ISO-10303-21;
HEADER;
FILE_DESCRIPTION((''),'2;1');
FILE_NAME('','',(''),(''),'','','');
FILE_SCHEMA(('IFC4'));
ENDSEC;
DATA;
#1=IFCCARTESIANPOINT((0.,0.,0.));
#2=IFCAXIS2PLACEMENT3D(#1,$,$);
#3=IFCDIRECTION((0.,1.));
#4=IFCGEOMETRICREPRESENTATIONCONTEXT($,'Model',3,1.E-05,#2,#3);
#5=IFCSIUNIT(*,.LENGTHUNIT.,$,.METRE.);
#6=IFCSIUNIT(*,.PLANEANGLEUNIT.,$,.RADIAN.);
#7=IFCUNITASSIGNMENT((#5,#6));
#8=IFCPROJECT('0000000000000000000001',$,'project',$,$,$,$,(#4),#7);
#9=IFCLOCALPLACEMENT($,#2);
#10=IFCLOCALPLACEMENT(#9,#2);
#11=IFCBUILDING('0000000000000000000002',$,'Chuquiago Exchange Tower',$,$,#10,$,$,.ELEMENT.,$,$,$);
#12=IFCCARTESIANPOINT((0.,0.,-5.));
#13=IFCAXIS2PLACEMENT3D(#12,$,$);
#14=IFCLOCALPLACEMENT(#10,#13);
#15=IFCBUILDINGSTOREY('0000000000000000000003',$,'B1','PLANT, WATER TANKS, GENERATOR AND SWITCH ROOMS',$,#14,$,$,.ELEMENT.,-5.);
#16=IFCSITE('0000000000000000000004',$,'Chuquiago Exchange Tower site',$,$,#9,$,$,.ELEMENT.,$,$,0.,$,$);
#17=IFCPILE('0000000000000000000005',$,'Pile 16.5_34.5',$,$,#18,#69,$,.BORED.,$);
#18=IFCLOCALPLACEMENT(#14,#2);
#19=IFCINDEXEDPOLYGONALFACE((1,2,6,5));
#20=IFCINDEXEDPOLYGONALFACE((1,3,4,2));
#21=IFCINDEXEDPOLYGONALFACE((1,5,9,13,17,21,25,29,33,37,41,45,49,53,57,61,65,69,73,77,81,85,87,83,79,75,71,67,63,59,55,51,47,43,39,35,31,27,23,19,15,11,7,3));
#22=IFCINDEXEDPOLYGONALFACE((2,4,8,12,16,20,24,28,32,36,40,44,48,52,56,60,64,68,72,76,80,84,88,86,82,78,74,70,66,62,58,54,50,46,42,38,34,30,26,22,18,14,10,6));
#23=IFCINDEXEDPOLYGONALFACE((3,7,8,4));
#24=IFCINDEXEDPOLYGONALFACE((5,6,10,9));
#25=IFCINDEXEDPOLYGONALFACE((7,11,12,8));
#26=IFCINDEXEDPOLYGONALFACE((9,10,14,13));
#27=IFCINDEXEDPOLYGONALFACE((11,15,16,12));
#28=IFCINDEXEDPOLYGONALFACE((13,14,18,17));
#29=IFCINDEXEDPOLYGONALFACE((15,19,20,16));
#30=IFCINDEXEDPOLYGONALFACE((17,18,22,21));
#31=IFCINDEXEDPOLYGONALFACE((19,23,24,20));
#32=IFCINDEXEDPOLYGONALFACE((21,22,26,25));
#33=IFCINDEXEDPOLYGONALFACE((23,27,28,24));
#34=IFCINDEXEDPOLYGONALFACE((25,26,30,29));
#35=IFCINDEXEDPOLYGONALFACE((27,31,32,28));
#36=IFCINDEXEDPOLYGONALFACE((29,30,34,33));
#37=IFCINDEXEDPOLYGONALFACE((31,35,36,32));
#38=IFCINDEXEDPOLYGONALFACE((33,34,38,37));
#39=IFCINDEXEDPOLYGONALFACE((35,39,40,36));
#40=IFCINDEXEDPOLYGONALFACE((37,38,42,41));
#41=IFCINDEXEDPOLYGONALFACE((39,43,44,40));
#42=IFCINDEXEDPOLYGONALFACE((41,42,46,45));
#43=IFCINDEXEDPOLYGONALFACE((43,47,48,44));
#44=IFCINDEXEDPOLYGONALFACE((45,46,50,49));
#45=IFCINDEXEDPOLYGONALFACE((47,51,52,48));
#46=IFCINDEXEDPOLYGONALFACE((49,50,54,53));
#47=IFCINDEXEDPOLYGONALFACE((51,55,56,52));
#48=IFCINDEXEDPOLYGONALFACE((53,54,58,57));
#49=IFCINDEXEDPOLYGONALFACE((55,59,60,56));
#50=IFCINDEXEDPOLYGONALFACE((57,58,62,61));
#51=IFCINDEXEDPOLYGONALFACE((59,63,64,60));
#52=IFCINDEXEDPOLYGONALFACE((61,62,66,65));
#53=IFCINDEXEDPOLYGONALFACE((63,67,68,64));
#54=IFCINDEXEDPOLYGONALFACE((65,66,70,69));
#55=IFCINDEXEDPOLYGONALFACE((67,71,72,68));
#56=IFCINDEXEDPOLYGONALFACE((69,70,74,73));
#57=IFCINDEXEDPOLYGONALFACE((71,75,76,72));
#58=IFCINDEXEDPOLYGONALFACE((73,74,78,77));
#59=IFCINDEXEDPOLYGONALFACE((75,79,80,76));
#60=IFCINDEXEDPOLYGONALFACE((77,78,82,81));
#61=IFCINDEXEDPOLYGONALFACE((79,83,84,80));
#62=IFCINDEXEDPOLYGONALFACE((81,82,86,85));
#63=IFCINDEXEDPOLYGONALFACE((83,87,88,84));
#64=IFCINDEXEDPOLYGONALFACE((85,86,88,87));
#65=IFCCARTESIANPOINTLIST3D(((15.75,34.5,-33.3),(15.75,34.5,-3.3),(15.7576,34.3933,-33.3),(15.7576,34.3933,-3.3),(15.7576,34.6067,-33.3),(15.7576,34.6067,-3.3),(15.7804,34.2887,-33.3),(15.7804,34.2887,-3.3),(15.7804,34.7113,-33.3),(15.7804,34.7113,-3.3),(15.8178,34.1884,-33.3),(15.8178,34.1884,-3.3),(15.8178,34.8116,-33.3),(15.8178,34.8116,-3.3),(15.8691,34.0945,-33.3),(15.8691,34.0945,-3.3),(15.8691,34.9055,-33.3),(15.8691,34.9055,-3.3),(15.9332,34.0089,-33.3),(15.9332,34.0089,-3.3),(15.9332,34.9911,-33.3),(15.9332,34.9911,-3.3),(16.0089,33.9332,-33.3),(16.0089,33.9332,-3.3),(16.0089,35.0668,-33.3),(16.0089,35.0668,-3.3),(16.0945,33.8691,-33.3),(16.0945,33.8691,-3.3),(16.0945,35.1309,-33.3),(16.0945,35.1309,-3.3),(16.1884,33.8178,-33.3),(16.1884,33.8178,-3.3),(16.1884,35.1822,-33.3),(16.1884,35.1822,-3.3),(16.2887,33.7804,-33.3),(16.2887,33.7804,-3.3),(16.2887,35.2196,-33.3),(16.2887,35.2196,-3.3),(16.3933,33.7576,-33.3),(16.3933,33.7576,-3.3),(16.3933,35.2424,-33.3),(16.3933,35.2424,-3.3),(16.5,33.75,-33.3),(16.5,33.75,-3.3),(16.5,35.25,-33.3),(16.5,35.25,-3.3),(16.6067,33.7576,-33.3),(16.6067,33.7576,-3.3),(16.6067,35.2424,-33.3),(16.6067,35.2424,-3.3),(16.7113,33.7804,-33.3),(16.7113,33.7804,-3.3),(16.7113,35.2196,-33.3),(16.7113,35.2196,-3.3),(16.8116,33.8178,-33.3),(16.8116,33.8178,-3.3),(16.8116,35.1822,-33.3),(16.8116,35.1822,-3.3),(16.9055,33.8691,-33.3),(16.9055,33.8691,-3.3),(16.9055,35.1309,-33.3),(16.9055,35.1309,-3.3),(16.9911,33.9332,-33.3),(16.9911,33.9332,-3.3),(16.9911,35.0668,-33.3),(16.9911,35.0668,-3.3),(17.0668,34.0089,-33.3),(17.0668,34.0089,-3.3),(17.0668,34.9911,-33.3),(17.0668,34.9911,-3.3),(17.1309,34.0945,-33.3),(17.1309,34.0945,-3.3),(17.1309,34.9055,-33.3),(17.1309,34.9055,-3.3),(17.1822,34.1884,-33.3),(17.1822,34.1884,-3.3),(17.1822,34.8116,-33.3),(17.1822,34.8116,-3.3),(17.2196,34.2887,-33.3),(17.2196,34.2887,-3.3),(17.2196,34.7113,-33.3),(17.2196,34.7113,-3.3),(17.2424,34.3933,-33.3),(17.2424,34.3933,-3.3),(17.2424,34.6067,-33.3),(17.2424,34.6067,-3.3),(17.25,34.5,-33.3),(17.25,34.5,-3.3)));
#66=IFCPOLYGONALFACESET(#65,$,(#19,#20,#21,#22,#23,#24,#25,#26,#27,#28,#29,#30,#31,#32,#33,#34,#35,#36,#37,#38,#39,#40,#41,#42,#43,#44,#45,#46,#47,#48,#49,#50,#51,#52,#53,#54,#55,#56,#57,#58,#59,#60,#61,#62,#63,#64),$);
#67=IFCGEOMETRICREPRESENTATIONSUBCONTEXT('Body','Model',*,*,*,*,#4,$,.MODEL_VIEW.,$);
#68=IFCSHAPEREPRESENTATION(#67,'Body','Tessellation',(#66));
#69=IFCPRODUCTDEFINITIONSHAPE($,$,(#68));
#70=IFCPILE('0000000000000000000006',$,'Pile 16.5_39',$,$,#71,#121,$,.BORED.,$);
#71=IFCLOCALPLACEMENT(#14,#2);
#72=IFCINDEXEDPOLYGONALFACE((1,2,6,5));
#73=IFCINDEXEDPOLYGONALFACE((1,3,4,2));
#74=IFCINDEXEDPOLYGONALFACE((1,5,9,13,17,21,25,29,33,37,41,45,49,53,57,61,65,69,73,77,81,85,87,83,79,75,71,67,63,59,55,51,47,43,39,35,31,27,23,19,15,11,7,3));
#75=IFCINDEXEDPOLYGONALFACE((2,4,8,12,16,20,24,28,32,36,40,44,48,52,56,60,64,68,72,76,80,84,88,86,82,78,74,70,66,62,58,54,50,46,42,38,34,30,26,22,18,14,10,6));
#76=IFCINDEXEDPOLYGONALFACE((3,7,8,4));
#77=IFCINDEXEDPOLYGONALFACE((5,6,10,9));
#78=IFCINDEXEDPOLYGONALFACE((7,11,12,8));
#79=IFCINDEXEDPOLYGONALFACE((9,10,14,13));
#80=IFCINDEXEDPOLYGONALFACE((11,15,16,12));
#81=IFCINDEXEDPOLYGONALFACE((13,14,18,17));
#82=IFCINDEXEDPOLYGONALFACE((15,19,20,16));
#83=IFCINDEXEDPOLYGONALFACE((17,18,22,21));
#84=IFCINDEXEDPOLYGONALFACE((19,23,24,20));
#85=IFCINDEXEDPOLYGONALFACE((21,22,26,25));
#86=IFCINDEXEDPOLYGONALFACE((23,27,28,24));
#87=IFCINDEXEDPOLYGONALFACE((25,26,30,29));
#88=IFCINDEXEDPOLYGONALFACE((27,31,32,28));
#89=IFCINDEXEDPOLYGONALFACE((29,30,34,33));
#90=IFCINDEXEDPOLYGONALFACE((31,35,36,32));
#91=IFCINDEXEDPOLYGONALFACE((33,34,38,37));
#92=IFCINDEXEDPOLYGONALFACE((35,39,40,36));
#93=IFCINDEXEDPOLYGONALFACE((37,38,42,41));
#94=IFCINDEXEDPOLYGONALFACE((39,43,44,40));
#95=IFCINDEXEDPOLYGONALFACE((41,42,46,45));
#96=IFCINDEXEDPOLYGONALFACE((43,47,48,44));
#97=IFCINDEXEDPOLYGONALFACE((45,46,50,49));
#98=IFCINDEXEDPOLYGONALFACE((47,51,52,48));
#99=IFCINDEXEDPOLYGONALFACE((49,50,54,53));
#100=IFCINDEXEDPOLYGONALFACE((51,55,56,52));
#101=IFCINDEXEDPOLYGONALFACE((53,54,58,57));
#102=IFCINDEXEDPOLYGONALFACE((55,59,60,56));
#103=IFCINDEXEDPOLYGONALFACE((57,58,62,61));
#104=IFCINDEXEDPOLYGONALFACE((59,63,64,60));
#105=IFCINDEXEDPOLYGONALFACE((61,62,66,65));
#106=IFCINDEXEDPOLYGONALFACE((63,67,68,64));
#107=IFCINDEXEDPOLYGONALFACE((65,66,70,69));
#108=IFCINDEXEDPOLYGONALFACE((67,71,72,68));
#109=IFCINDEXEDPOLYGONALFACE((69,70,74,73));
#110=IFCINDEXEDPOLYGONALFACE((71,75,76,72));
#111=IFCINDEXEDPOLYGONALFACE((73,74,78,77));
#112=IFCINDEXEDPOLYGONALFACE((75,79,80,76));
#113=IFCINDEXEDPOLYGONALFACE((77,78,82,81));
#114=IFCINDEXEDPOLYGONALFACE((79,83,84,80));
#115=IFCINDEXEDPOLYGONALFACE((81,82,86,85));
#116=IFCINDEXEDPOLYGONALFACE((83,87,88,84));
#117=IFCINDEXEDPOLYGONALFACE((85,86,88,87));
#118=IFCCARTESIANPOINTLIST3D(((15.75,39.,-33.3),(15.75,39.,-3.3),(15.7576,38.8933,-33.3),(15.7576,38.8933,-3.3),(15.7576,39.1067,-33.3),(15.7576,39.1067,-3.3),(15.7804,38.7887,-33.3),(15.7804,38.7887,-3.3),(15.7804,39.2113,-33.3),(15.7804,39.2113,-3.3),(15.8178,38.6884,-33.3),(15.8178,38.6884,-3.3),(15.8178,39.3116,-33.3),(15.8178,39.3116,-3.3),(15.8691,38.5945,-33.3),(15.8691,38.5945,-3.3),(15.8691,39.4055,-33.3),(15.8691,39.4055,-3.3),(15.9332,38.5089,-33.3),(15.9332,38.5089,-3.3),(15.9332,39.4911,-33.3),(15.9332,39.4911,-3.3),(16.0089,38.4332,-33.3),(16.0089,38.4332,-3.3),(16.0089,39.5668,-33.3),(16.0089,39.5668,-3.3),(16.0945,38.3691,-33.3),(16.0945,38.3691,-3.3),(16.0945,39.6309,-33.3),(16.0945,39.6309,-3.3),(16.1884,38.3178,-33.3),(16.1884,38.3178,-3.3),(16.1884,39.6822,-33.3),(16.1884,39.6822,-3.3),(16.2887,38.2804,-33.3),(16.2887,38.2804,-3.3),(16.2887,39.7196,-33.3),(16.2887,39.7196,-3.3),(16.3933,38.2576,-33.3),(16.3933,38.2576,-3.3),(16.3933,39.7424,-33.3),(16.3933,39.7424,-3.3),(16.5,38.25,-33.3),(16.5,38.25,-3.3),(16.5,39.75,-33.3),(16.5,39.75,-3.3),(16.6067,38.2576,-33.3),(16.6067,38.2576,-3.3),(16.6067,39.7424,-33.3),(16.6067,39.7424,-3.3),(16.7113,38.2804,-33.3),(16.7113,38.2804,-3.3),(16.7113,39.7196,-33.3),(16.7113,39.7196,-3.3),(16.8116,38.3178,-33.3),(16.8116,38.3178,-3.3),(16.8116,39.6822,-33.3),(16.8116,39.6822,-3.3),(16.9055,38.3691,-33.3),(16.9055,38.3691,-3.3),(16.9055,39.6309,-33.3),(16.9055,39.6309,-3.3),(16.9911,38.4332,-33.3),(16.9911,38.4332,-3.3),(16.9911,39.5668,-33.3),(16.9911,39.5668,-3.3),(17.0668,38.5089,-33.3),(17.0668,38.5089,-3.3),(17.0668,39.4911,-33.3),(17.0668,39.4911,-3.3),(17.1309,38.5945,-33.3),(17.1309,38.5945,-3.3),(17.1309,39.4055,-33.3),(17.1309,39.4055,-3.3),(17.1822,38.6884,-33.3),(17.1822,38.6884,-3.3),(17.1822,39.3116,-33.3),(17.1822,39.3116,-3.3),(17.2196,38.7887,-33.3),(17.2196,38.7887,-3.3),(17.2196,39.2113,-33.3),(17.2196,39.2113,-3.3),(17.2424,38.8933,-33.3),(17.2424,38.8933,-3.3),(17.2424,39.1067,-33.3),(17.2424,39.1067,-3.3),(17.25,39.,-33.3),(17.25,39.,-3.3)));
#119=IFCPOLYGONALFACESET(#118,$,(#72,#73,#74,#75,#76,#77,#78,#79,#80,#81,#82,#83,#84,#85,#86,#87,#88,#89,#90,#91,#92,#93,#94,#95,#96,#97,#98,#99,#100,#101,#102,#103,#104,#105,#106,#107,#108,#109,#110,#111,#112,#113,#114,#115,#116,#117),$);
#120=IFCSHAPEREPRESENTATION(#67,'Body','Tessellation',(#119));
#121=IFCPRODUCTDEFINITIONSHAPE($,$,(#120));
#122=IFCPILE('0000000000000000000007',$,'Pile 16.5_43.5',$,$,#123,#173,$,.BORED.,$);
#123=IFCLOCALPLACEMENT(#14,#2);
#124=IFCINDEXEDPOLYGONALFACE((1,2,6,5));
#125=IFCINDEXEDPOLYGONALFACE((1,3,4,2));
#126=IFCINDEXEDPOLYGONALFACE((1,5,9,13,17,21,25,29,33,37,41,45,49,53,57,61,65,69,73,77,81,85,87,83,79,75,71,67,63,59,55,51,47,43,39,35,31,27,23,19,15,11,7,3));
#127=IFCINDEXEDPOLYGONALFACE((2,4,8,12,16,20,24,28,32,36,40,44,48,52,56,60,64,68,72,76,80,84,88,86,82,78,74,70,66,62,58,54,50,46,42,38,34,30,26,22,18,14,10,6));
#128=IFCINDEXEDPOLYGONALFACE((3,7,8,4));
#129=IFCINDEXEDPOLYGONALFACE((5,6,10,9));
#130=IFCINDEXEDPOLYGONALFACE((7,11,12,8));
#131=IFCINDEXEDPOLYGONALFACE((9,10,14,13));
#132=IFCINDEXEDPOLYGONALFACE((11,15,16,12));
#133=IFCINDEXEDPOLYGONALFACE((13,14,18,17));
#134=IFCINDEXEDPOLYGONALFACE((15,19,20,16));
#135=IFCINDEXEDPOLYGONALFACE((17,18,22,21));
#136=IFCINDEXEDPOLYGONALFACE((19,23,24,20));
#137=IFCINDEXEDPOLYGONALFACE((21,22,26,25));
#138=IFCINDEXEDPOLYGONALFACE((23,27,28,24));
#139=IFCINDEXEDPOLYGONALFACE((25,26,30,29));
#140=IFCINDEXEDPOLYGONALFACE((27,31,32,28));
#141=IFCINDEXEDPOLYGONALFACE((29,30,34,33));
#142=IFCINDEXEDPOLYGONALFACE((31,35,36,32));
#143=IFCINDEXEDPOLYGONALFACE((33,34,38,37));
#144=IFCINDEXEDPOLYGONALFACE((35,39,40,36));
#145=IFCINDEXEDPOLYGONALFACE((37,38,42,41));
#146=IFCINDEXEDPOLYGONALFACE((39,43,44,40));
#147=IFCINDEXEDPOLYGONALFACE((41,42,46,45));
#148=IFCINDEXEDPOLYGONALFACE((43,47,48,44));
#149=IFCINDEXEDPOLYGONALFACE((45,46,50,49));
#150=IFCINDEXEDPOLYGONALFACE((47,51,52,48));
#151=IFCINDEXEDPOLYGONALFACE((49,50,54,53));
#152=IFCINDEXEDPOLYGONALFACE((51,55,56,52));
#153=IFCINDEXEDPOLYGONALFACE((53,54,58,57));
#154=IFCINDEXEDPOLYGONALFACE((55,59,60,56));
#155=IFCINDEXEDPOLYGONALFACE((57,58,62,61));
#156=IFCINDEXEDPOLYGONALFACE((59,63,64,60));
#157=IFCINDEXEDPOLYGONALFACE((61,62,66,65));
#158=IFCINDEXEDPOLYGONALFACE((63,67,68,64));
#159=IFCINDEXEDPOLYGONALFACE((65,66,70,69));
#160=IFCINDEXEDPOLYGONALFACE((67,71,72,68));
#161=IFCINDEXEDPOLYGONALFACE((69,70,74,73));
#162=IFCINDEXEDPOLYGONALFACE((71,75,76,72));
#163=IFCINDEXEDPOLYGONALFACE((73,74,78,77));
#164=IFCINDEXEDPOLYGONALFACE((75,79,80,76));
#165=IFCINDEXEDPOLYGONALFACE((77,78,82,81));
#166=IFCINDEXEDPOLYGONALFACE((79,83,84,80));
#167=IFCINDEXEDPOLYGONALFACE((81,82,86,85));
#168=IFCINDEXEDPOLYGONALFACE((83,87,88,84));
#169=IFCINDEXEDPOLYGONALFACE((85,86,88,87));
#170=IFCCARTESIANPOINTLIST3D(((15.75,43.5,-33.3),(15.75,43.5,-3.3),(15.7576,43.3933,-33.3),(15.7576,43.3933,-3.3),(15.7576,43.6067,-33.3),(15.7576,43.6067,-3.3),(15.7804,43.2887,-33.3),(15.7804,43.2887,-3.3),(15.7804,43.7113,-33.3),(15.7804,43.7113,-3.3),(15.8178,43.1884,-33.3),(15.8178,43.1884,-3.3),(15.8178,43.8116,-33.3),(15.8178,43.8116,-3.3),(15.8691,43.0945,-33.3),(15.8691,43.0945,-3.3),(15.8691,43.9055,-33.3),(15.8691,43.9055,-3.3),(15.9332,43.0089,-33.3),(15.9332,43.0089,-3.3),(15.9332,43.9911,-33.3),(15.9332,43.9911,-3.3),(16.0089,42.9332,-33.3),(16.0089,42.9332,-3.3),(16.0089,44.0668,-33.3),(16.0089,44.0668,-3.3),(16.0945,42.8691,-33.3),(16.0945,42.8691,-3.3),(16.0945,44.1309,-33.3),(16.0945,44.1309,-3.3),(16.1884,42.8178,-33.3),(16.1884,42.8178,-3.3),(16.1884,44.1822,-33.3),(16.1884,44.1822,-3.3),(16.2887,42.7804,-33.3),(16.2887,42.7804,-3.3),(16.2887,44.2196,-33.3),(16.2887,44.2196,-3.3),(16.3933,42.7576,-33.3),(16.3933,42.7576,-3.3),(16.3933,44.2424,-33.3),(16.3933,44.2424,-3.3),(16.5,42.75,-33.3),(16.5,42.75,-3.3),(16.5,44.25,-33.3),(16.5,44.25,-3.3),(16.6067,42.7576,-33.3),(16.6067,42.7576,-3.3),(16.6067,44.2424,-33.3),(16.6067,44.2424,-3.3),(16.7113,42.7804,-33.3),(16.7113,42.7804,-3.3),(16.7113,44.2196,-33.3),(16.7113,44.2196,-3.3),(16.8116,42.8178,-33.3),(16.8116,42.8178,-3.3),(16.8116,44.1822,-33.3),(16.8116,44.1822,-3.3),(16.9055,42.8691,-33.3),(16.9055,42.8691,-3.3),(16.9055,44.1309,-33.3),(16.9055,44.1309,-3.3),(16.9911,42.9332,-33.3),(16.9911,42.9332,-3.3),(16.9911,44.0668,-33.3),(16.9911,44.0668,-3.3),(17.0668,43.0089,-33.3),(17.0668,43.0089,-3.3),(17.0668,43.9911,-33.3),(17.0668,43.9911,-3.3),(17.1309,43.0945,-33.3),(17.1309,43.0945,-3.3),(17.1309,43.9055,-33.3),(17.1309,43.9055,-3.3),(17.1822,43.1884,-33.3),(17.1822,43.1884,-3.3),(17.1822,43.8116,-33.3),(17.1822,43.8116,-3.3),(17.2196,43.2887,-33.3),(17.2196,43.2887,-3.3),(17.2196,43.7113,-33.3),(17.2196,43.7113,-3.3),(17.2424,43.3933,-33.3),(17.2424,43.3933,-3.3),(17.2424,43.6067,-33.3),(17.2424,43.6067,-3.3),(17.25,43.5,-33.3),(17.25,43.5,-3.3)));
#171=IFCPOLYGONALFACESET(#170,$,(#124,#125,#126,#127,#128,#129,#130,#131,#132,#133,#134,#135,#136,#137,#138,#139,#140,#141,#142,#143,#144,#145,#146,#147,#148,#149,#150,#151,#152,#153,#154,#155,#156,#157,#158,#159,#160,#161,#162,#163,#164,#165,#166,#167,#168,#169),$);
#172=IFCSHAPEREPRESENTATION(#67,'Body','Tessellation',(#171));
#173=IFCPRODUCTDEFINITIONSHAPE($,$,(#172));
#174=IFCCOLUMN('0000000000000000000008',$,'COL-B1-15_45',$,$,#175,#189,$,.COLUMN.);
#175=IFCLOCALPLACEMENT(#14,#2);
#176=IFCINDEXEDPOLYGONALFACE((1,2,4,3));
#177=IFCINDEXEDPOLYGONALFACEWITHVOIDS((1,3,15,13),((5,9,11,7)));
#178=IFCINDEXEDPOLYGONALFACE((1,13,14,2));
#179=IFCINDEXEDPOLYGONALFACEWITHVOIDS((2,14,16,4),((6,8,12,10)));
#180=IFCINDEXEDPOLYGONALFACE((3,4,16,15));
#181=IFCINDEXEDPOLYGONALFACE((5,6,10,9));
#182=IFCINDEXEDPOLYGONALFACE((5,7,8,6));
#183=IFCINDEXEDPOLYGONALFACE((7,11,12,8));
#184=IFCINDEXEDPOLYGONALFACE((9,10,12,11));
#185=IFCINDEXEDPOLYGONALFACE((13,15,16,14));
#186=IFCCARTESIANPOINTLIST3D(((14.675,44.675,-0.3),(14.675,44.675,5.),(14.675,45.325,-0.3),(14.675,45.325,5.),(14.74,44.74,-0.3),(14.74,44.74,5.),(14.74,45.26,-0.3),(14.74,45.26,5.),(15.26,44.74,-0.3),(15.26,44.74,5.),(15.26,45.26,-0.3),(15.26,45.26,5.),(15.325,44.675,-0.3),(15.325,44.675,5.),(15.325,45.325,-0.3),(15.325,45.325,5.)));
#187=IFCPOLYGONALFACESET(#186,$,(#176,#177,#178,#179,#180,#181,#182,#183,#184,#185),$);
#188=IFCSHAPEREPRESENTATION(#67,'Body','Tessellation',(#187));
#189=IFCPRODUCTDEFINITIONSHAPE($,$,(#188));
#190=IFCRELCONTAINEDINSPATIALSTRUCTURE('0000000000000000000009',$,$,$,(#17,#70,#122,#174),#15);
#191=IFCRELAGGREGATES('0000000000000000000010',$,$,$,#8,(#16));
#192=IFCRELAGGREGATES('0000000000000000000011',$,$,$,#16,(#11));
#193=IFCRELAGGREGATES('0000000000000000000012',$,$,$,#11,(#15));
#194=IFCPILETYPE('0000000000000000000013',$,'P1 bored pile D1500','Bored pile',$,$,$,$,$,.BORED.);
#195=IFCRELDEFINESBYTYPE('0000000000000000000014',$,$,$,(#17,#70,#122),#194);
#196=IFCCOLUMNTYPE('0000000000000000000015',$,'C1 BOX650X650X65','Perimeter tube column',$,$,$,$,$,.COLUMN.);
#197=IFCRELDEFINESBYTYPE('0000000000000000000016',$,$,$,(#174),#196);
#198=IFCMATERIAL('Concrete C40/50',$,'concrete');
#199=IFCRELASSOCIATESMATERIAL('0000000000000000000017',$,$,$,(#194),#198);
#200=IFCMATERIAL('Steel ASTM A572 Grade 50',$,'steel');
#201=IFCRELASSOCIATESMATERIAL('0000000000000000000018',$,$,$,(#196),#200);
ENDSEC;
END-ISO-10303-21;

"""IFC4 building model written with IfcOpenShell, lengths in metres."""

from ifc_helpers import new_model, si_unit, direction, frame, origin, origin_2d, place, context, subcontext, project, spatial, hollow_rectangle, circle, extrude, material, material_profile, profile_set, type_object, element, save


model = new_model("IFC4")

# Units and contexts
model_context = context("Model", 3, precision=1e-05, world=origin(), true_north=direction((0.0, 1.0)))
body_context = subcontext(model_context, "Body", "Model", "MODEL_VIEW")
ifc_project = project(units=[si_unit("LENGTHUNIT", "METRE"), si_unit("PLANEANGLEUNIT", "RADIAN")], contexts=[model_context])

# Site, building, storey
site_placement = place(None, origin())
site = spatial("IfcSite", under=ifc_project, at=site_placement, Name="Chuquiago Exchange Tower site", CompositionType="ELEMENT", RefElevation=0.0)
building_placement = place(site_placement, origin())
building = spatial("IfcBuilding", under=site, at=building_placement, Name="Chuquiago Exchange Tower", CompositionType="ELEMENT")
storey_placement = place(building_placement, frame((0.0, 0.0, -5.0)))
storey = spatial("IfcBuildingStorey", under=building, at=storey_placement, Name="B1", Description="PLANT, WATER TANKS, GENERATOR AND SWITCH ROOMS", CompositionType="ELEMENT", Elevation=-5.0)

# Piles
ifc_material_1 = material(Name="Concrete C40/50", Category="concrete")
ifc_material_profile_1 = material_profile(ifc_material_1, circle(Radius=0.75, at=origin_2d()), Name="D1500")
ifc_profile_set_1 = profile_set([ifc_material_profile_1], Name="Concrete C40/50")
pile_type = type_object("IfcPileType", Name="P1 bored pile D1500", Description="Bored pile", PredefinedType="BORED", material=ifc_profile_set_1)
for number, where, z_axis, x_axis, name in (
    (1, (16.5, 34.5, -3.3), (0.0, 0.0, -1.0), (1.0, 0.0, 0.0), "Pile 16.5_34.5"),
    (2, (16.5, 39.0, -3.3), (0.0, 0.0, -1.0), (1.0, 0.0, 0.0), "Pile 16.5_39"),
    (3, (16.5, 43.5, -3.3), (0.0, 0.0, -1.0), (1.0, 0.0, 0.0), "Pile 16.5_43.5"),
):
    element("IfcPile", number, at=place(storey_placement, frame(where, z_axis=z_axis, x_axis=x_axis)), inside=storey, type_object=pile_type, Name=name, PredefinedType="BORED", context=body_context, shape_type="SweptSolid", body=[
        extrude(circle(Radius=0.75, at=origin_2d()), origin(), (0.0, 0.0, 1.0), 30.0),
    ])

# Column
ifc_material_2 = material(Name="Steel ASTM A572 Grade 50", Category="steel")
ifc_material_profile_2 = material_profile(ifc_material_2, hollow_rectangle(XDim=0.6499, YDim=0.6499, WallThickness=0.0649, at=origin_2d()), Name="BOX650X650X65")
ifc_profile_set_2 = profile_set([ifc_material_profile_2], Name="Steel ASTM A572 Grade 50")
column_type_1 = type_object("IfcColumnType", Name="C1 BOX650X650X65", Description="Perimeter tube column", PredefinedType="COLUMN", material=ifc_profile_set_2)
column_placement = place(storey_placement, frame((15.0, 45.0, -0.3), z_axis=(0.0, 0.0, 1.0), x_axis=(0.0, 1.0, 0.0)))
element("IfcColumn", 4, at=column_placement, inside=storey, type_object=column_type_1, Name="COL-B1-15_45", PredefinedType="COLUMN", context=body_context, shape_type="SweptSolid", body=[
    extrude(hollow_rectangle(XDim=0.6499, YDim=0.6499, WallThickness=0.0649, at=origin_2d()), origin(), (0.0, 0.0, 1.0), 5.3),
])

save(model, "model.ifc")
